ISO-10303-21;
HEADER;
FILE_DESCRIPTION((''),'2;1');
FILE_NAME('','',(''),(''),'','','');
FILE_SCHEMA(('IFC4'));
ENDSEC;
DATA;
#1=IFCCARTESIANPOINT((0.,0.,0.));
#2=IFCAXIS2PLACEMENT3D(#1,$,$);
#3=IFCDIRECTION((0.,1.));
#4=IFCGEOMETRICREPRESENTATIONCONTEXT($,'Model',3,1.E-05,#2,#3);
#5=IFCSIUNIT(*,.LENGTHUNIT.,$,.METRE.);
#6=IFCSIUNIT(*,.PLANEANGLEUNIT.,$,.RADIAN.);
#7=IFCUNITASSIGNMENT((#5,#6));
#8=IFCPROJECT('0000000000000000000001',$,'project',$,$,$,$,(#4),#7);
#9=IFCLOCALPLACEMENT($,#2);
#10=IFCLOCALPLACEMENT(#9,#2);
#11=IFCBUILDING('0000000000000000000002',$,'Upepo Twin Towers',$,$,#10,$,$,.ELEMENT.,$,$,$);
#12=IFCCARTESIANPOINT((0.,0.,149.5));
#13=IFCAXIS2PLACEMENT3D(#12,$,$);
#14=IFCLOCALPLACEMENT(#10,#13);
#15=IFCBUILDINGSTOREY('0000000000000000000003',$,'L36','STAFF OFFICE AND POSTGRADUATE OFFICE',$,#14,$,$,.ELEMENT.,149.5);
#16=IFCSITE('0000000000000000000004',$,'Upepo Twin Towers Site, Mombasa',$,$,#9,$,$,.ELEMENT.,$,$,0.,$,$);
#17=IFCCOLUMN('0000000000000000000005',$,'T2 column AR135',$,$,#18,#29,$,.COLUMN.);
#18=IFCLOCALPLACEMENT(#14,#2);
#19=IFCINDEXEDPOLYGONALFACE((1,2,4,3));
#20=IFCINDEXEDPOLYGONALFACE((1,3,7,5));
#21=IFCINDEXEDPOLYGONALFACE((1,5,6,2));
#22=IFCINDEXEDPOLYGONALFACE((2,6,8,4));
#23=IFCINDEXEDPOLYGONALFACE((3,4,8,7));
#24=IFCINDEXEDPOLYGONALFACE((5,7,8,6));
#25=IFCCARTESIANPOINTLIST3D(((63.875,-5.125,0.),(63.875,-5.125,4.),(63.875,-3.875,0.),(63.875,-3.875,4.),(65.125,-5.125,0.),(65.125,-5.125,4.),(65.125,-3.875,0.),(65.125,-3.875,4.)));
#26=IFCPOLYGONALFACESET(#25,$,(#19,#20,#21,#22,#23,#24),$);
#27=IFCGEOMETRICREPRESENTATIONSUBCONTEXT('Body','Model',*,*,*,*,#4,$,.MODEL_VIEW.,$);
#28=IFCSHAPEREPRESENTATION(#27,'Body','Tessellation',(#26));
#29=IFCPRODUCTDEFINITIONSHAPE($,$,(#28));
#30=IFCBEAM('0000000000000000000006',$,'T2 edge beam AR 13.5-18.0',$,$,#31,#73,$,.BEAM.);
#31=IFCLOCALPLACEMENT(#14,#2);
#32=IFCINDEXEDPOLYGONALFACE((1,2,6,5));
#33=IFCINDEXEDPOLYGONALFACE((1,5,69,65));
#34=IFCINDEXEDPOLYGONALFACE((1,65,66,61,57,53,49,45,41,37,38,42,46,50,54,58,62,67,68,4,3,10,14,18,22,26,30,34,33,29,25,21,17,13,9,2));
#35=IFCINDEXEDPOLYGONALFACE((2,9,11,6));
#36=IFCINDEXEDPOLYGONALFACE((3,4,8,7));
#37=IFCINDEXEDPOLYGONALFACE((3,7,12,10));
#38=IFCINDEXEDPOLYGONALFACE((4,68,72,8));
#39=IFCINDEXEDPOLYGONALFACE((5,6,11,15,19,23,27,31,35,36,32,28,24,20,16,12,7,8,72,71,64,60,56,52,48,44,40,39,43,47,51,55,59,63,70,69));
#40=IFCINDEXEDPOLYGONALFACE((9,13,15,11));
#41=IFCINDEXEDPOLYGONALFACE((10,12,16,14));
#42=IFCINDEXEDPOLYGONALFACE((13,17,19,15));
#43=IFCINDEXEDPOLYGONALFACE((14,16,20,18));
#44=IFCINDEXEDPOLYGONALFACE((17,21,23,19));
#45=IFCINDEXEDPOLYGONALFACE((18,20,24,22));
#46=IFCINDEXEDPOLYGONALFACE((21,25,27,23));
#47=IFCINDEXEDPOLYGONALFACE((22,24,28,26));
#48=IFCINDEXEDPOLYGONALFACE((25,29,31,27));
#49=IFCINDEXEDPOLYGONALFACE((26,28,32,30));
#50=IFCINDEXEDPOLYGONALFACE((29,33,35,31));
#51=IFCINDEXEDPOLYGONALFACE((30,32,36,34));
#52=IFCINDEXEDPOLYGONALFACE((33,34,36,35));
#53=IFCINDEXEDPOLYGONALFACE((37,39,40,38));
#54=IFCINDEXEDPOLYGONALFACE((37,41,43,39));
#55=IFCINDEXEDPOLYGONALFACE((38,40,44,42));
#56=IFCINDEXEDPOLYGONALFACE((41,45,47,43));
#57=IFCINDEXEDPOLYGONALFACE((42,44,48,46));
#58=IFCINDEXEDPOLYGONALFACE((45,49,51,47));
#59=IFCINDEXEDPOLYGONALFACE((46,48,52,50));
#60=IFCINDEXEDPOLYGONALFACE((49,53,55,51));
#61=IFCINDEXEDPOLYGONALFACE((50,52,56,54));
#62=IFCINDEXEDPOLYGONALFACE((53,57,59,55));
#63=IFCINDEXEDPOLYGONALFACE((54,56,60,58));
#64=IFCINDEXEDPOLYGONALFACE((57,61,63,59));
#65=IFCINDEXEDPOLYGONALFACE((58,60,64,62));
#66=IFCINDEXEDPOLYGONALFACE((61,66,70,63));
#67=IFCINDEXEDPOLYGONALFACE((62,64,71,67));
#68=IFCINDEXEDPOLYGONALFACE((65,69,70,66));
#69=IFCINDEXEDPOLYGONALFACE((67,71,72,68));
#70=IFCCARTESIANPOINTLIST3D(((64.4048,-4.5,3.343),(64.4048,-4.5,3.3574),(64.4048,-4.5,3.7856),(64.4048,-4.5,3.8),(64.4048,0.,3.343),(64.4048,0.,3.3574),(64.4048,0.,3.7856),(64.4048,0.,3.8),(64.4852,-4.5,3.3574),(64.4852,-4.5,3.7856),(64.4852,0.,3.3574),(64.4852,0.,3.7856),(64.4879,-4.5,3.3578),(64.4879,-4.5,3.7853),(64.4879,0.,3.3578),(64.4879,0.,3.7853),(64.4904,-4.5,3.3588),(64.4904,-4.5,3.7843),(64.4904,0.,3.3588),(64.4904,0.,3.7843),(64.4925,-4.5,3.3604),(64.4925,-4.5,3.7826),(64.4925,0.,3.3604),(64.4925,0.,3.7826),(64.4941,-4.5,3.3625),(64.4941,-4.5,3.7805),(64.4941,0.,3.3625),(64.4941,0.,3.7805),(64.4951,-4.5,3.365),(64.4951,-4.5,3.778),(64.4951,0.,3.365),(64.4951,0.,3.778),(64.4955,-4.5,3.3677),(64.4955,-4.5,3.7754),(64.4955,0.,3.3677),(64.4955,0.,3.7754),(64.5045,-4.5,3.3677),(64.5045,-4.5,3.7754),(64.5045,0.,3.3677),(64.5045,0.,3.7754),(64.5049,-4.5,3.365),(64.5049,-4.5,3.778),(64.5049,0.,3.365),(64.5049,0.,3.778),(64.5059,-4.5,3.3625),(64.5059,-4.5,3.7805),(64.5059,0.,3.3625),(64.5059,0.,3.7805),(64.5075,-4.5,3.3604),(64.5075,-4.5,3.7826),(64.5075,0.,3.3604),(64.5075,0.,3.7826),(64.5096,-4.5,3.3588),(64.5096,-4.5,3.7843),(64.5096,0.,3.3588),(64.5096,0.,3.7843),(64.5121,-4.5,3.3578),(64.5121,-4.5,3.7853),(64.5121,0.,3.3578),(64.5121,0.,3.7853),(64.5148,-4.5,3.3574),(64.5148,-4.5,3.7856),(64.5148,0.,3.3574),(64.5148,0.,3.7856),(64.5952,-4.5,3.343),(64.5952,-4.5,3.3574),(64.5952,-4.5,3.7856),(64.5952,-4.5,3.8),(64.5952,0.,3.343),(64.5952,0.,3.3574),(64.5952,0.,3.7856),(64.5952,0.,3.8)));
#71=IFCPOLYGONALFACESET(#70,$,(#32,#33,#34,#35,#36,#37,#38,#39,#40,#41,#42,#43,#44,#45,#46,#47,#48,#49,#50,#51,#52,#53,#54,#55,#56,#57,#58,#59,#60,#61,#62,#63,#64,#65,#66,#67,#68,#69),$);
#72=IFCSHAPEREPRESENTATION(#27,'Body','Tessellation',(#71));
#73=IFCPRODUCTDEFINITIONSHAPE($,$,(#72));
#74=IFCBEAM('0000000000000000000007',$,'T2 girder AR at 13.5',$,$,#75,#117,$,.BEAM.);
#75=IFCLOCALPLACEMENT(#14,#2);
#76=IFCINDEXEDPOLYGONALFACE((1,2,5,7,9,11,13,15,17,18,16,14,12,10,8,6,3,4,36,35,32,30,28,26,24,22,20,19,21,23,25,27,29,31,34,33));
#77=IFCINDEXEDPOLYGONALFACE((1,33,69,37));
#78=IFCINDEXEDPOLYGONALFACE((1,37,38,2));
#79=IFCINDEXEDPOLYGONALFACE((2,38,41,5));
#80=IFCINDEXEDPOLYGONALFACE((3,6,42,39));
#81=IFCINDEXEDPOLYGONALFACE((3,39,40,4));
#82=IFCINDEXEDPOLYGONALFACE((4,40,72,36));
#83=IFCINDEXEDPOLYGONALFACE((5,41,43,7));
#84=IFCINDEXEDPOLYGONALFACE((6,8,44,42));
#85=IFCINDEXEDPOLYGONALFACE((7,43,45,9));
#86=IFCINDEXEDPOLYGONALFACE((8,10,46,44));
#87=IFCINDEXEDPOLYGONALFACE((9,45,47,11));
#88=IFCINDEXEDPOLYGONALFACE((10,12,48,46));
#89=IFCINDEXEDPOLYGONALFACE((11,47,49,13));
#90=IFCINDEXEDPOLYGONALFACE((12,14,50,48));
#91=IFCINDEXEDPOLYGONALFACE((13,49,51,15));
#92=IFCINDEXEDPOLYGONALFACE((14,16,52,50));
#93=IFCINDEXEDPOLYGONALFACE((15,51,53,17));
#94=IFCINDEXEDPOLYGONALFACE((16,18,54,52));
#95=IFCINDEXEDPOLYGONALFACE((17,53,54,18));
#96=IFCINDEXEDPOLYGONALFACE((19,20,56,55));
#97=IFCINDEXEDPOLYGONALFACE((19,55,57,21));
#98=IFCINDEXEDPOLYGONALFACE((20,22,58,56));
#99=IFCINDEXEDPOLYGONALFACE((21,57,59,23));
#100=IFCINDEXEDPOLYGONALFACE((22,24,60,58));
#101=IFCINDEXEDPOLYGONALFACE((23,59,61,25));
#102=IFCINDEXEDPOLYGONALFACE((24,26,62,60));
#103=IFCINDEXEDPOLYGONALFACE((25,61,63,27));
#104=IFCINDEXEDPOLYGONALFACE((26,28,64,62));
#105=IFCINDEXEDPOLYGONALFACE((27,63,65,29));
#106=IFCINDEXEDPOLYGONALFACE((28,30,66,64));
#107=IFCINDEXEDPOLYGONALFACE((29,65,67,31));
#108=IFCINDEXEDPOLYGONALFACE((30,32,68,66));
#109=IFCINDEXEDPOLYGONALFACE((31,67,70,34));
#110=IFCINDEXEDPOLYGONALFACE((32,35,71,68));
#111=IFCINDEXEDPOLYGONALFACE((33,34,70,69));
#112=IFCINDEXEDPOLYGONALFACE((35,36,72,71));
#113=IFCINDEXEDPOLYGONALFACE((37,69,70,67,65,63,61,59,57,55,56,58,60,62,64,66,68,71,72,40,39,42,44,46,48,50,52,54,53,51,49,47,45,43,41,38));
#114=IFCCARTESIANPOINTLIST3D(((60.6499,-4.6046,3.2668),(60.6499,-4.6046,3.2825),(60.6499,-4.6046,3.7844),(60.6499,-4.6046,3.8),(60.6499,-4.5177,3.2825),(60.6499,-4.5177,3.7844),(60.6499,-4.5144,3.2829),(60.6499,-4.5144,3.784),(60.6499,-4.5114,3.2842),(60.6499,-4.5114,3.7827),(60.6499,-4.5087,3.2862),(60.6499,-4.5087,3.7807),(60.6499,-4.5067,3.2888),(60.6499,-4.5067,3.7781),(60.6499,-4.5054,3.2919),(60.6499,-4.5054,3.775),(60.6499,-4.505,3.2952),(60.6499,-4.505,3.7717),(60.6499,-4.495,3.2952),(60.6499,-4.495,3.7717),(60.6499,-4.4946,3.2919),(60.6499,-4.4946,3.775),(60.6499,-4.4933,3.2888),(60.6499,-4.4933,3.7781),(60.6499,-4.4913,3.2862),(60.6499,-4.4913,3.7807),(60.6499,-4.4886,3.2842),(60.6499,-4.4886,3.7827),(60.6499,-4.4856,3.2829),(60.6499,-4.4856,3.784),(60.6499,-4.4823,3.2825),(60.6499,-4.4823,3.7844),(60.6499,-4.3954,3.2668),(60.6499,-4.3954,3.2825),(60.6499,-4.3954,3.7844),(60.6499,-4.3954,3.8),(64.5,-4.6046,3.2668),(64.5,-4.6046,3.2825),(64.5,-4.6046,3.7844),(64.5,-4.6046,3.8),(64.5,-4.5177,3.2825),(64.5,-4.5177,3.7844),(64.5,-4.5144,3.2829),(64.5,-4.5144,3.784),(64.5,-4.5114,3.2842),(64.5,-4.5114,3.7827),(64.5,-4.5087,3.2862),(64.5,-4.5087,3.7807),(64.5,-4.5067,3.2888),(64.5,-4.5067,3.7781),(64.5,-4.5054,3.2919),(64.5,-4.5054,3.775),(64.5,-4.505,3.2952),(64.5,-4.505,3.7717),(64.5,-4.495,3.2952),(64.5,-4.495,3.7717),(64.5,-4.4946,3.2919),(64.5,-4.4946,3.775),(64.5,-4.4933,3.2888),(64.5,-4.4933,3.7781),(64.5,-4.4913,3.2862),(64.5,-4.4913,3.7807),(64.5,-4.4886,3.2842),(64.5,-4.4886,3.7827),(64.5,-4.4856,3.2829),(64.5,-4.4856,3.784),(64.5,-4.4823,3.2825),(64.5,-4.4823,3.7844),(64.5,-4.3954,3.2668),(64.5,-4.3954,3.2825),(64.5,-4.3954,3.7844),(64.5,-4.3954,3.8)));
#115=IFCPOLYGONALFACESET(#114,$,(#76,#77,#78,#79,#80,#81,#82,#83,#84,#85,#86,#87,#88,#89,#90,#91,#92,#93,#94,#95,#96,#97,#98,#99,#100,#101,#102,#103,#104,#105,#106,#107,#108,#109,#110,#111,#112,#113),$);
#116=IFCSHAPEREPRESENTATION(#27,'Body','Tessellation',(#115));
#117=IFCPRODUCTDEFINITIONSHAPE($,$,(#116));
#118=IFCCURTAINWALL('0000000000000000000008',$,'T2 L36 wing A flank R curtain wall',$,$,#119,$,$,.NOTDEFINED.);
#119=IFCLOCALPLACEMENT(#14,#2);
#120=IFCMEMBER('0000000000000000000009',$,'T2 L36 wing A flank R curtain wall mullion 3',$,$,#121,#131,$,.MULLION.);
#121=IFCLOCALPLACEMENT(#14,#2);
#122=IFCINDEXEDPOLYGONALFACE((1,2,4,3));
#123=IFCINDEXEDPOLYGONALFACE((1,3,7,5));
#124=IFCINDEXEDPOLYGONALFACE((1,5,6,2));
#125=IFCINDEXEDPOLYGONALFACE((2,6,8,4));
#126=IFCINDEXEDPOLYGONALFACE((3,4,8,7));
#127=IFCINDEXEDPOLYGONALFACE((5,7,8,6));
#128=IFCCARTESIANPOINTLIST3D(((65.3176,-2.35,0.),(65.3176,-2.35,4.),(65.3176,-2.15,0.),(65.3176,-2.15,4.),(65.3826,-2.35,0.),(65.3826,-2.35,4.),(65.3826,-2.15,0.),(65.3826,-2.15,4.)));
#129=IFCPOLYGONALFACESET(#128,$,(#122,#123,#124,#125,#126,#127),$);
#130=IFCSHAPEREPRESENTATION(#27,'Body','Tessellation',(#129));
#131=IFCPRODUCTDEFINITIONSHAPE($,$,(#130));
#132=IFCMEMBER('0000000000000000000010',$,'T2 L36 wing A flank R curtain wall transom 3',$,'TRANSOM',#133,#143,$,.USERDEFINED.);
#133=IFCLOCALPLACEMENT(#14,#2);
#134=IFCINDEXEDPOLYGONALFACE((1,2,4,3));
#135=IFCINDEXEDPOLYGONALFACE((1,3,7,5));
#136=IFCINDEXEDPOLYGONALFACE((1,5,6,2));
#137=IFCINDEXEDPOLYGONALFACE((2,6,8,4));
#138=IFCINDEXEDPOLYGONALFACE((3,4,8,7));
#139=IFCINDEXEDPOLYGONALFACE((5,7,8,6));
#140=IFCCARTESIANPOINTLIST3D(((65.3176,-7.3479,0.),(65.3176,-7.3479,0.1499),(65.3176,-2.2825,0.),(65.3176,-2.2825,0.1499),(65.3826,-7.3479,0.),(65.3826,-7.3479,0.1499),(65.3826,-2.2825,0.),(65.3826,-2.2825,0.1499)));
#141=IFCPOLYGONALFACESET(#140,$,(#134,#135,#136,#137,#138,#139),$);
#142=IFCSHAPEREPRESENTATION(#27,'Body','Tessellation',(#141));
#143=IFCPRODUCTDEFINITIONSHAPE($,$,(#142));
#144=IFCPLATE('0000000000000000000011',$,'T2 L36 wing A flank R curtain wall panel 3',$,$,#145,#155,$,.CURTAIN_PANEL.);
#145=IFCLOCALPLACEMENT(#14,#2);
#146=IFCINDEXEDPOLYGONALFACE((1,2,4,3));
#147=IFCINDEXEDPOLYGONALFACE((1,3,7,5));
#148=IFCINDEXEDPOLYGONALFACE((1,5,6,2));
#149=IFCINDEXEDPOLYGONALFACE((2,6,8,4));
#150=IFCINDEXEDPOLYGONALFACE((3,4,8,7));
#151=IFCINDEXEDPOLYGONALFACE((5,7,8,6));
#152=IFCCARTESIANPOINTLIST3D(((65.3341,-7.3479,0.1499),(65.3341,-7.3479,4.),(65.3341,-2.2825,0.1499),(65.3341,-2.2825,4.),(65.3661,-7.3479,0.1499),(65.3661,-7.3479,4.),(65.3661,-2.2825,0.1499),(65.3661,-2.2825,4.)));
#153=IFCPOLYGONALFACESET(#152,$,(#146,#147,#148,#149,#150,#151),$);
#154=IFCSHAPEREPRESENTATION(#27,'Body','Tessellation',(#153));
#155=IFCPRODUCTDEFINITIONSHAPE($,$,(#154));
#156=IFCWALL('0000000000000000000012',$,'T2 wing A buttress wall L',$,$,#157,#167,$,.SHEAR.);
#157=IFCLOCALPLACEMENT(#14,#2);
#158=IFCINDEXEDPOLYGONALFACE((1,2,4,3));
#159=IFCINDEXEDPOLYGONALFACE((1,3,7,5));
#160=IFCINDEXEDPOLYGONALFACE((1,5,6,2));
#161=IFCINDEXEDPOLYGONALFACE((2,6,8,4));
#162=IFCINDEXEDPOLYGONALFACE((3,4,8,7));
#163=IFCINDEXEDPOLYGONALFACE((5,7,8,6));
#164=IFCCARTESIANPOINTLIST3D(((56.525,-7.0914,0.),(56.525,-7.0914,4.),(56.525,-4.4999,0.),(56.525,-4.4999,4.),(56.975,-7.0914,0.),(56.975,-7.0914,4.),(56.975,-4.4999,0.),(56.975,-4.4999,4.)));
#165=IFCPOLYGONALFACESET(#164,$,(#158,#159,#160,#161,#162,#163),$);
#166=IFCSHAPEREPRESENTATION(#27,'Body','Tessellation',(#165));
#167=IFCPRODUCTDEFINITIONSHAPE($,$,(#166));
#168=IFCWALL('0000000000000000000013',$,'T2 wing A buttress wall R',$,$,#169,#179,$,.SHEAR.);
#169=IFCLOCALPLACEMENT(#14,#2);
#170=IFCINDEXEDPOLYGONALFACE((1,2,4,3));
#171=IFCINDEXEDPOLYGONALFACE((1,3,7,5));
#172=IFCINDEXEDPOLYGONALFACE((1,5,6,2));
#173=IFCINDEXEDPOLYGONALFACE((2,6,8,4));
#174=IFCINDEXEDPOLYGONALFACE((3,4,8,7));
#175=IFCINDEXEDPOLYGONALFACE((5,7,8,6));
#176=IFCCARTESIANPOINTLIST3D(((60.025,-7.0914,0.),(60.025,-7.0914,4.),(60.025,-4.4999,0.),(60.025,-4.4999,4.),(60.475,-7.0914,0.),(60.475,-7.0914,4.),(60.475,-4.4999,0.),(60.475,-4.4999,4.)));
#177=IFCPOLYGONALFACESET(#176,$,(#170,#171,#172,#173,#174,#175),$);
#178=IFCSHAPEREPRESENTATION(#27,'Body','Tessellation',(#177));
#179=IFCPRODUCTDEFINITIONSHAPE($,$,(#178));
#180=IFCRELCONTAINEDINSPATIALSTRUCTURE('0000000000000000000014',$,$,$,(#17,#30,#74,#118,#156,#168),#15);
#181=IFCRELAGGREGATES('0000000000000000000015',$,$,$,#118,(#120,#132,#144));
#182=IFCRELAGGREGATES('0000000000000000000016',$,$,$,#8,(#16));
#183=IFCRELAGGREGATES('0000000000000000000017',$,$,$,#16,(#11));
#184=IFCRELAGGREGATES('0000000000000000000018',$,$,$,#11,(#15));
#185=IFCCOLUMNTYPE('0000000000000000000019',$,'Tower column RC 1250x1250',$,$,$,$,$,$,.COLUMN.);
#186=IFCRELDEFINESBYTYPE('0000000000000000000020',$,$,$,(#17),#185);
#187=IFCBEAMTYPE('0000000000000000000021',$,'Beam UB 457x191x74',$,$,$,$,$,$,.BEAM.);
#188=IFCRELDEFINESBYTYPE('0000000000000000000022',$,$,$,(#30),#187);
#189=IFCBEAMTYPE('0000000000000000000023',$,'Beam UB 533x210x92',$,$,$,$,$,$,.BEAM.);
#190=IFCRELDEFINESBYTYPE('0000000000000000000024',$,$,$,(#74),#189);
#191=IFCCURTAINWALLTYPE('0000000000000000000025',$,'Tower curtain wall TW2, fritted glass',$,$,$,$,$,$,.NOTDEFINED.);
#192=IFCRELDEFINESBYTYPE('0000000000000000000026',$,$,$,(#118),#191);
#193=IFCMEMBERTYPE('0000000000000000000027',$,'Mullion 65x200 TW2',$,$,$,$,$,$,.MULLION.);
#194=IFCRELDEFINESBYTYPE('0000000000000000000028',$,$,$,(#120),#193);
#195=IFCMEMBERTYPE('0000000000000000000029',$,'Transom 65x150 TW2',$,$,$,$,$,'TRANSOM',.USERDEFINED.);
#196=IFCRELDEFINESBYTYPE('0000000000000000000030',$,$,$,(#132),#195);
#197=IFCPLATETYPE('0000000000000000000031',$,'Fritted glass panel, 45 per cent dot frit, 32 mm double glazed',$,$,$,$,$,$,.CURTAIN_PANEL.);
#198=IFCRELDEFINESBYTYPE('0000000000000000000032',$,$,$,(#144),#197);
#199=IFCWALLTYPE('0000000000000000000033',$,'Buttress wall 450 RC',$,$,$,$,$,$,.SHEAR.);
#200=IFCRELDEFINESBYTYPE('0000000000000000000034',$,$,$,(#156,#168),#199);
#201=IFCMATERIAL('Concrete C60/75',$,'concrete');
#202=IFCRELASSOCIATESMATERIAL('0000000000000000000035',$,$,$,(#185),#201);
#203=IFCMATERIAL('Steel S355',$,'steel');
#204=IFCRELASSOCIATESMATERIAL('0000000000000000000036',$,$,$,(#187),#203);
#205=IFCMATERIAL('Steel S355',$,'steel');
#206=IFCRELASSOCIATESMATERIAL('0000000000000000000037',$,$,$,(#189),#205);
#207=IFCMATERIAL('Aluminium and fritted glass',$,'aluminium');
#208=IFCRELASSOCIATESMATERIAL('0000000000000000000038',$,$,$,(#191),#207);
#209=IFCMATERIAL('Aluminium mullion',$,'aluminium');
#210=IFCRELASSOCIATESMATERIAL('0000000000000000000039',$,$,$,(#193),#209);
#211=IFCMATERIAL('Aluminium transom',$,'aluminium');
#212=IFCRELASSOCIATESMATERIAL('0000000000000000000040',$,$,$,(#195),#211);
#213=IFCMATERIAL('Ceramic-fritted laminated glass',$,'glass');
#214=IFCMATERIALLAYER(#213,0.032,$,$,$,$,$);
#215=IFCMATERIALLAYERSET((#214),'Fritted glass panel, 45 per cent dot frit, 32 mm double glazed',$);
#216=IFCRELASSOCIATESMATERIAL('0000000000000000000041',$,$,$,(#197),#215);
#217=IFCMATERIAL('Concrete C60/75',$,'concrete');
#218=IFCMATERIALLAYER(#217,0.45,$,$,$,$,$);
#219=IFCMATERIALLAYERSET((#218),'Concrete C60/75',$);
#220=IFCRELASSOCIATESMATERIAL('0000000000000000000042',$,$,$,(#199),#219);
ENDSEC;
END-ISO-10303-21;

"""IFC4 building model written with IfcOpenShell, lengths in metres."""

from ifc_helpers import new_model, si_unit, direction, frame, frame_2d, origin, origin_2d, place, context, subcontext, project, spatial, rectangle, i_section, extrude, material, layer, layer_set, material_profile, profile_set, type_object, element, aggregate, save


model = new_model("IFC4")

# Units and contexts
model_context = context("Model", 3, precision=1e-05, world=origin(), true_north=direction((0.0, 1.0)))
body_context = subcontext(model_context, "Body", "Model", "MODEL_VIEW")
ifc_project = project(units=[si_unit("LENGTHUNIT", "METRE"), si_unit("PLANEANGLEUNIT", "RADIAN")], contexts=[model_context])

# Site, building, storey
site_placement = place(None, origin())
site = spatial("IfcSite", under=ifc_project, at=site_placement, Name="Upepo Twin Towers Site, Mombasa", CompositionType="ELEMENT", RefElevation=0.0)
building_placement = place(site_placement, origin())
building = spatial("IfcBuilding", under=site, at=building_placement, Name="Upepo Twin Towers", CompositionType="ELEMENT")
storey_placement = place(building_placement, frame((0.0, 0.0, 149.5)))
storey = spatial("IfcBuildingStorey", under=building, at=storey_placement, Name="L36", Description="STAFF OFFICE AND POSTGRADUATE OFFICE", CompositionType="ELEMENT", Elevation=149.5)

# Column
ifc_material_1 = material(Name="Concrete C60/75", Category="concrete")
ifc_material_profile_1 = material_profile(ifc_material_1, rectangle(XDim=1.25, YDim=1.25, at=origin_2d()), Name="RC 1250x1250")
ifc_profile_set_1 = profile_set([ifc_material_profile_1], Name="Concrete C60/75")
column_type = type_object("IfcColumnType", Name="Tower column RC 1250x1250", PredefinedType="COLUMN", material=ifc_profile_set_1)
column_placement = place(storey_placement, frame((64.5, -4.5, 0.0), z_axis=(0.0, 0.0, 1.0), x_axis=(1.0, 0.0, 0.0)))
element("IfcColumn", 1, at=column_placement, inside=storey, type_object=column_type, Name="T2 column AR135", PredefinedType="COLUMN", context=body_context, shape_type="SweptSolid", body=[
    extrude(rectangle(XDim=1.25, YDim=1.25, at=origin_2d()), origin(), (0.0, 0.0, 1.0), 4.0),
])

# Beams
ifc_material_2 = material(Name="Steel S355", Category="steel")
ifc_material_profile_2 = material_profile(ifc_material_2, i_section(OverallWidth=0.1904, OverallDepth=0.457, WebThickness=0.009, FlangeThickness=0.0144, FilletRadius=0.0103, at=origin_2d()), Name="UB 457x191x74")
ifc_profile_set_2 = profile_set([ifc_material_profile_2], Name="Steel S355")
beam_type_1 = type_object("IfcBeamType", Name="Beam UB 457x191x74", PredefinedType="BEAM", material=ifc_profile_set_2)
beam_1_placement = place(storey_placement, frame((64.5, -4.5, 3.5715), z_axis=(0.0, 1.0, 0.0), x_axis=(-1.0, 0.0, 0.0)))
element("IfcBeam", 2, at=beam_1_placement, inside=storey, type_object=beam_type_1, Name="T2 edge beam AR 13.5-18.0", PredefinedType="BEAM", context=body_context, shape_type="SweptSolid", body=[
    extrude(i_section(OverallWidth=0.1904, OverallDepth=0.457, WebThickness=0.009, FlangeThickness=0.0144, FilletRadius=0.0103, at=origin_2d()), origin(), (0.0, 0.0, 1.0), 4.5),
])
ifc_material_3 = material(Name="Steel S355", Category="steel")
ifc_material_profile_3 = material_profile(ifc_material_3, i_section(OverallWidth=0.2092, OverallDepth=0.5332, WebThickness=0.01, FlangeThickness=0.0156, FilletRadius=0.0127, at=origin_2d()), Name="UB 533x210x92")
ifc_profile_set_3 = profile_set([ifc_material_profile_3], Name="Steel S355")
beam_type_2 = type_object("IfcBeamType", Name="Beam UB 533x210x92", PredefinedType="BEAM", material=ifc_profile_set_3)
beam_2_placement = place(storey_placement, frame((64.5, -4.5, 3.5334), z_axis=(-1.0, 0.0, 0.0), x_axis=(0.0, -1.0, 0.0)))
element("IfcBeam", 3, at=beam_2_placement, inside=storey, type_object=beam_type_2, Name="T2 girder AR at 13.5", PredefinedType="BEAM", context=body_context, shape_type="SweptSolid", body=[
    extrude(i_section(OverallWidth=0.2092, OverallDepth=0.5332, WebThickness=0.01, FlangeThickness=0.0156, FilletRadius=0.0127, at=origin_2d()), origin(), (0.0, 0.0, 1.0), 3.8501),
])

# Curtain wall, members, plate
ifc_material_4 = material(Name="Aluminium and fritted glass", Category="aluminium")
curtain_wall_type = type_object("IfcCurtainWallType", Name="Tower curtain wall TW2, fritted glass", PredefinedType="NOTDEFINED", material=ifc_material_4)
curtain_wall_placement = place(storey_placement, origin())
curtain_wall = element("IfcCurtainWall", 4, at=curtain_wall_placement, inside=storey, type_object=curtain_wall_type, Name="T2 L36 wing A flank R curtain wall", PredefinedType="NOTDEFINED")
ifc_material_5 = material(Name="Aluminium mullion", Category="aluminium")
ifc_material_profile_4 = material_profile(ifc_material_5, rectangle(XDim=0.0649, YDim=0.2, at=origin_2d()), Name="MULLION 65x200")
ifc_profile_set_4 = profile_set([ifc_material_profile_4], Name="Aluminium mullion")
member_type_1 = type_object("IfcMemberType", Name="Mullion 65x200 TW2", PredefinedType="MULLION", material=ifc_profile_set_4)
member_1_placement = place(storey_placement, frame((65.3501, -2.25, 0.0), z_axis=(0.0, 0.0, 1.0), x_axis=(1.0, 0.0, 0.0)))
member_1 = element("IfcMember", 5, at=member_1_placement, type_object=member_type_1, Name="T2 L36 wing A flank R curtain wall mullion 3", PredefinedType="MULLION", context=body_context, shape_type="SweptSolid", body=[
    extrude(rectangle(XDim=0.0649, YDim=0.2, at=origin_2d()), origin(), (0.0, 0.0, 1.0), 4.0),
])
ifc_material_6 = material(Name="Aluminium transom", Category="aluminium")
ifc_material_profile_5 = material_profile(ifc_material_6, rectangle(XDim=0.0649, YDim=0.1499, at=origin_2d()), Name="TRANSOM 65x150")
ifc_profile_set_5 = profile_set([ifc_material_profile_5], Name="Aluminium transom")
member_type_2 = type_object("IfcMemberType", Name="Transom 65x150 TW2", ElementType="TRANSOM", PredefinedType="USERDEFINED", material=ifc_profile_set_5)
member_2_placement = place(storey_placement, frame((65.3501, -2.2825, 0.075), z_axis=(0.0, -1.0, 0.0), x_axis=(1.0, 0.0, 0.0)))
member_2 = element("IfcMember", 6, at=member_2_placement, type_object=member_type_2, Name="T2 L36 wing A flank R curtain wall transom 3", ObjectType="TRANSOM", PredefinedType="USERDEFINED", context=body_context, shape_type="SweptSolid", body=[
    extrude(rectangle(XDim=0.0649, YDim=0.1499, at=origin_2d()), origin(), (0.0, 0.0, 1.0), 5.0654),
])
ifc_material_7 = material(Name="Ceramic-fritted laminated glass", Category="glass")
ifc_layer_1 = layer(ifc_material_7, 0.032)
ifc_layer_set_1 = layer_set([ifc_layer_1], Name="Fritted glass panel, 45 per cent dot frit, 32 mm double glazed")
plate_type = type_object("IfcPlateType", Name="Fritted glass panel, 45 per cent dot frit, 32 mm double glazed", PredefinedType="CURTAIN_PANEL", material=ifc_layer_set_1)
plate_placement = place(storey_placement, frame((65.3501, -4.8152, 0.1499), z_axis=(0.0, 0.0, 1.0), x_axis=(0.0, -1.0, 0.0)))
plate = element("IfcPlate", 7, at=plate_placement, type_object=plate_type, Name="T2 L36 wing A flank R curtain wall panel 3", PredefinedType="CURTAIN_PANEL", context=body_context, shape_type="SweptSolid", body=[
    extrude(rectangle(XDim=5.0654, YDim=0.032, at=origin_2d()), origin(), (0.0, 0.0, 1.0), 3.8501),
])
aggregate(curtain_wall, [member_1, member_2, plate])

# Walls
ifc_material_8 = material(Name="Concrete C60/75", Category="concrete")
ifc_layer_2 = layer(ifc_material_8, 0.45)
ifc_layer_set_2 = layer_set([ifc_layer_2], Name="Concrete C60/75")
wall_type_1 = type_object("IfcWallType", Name="Buttress wall 450 RC", PredefinedType="SHEAR", material=ifc_layer_set_2)
for number, where, z_axis, x_axis, name in (
    (8, (56.75, -7.0916, 0.0), (0.0, 0.0, 1.0), (0.0, 1.0, 0.0), "T2 wing A buttress wall L"),
    (9, (60.25, -7.0916, 0.0), (0.0, 0.0, 1.0), (0.0, 1.0, 0.0), "T2 wing A buttress wall R"),
):
    element("IfcWall", number, at=place(storey_placement, frame(where, z_axis=z_axis, x_axis=x_axis)), inside=storey, type_object=wall_type_1, Name=name, PredefinedType="SHEAR", context=body_context, shape_type="SweptSolid", body=[
        extrude(rectangle(XDim=2.5916, YDim=0.45, at=frame_2d((1.2959, 0.0))), origin(), (0.0, 0.0, 1.0), 4.0),
    ])

save(model, "model.ifc")
